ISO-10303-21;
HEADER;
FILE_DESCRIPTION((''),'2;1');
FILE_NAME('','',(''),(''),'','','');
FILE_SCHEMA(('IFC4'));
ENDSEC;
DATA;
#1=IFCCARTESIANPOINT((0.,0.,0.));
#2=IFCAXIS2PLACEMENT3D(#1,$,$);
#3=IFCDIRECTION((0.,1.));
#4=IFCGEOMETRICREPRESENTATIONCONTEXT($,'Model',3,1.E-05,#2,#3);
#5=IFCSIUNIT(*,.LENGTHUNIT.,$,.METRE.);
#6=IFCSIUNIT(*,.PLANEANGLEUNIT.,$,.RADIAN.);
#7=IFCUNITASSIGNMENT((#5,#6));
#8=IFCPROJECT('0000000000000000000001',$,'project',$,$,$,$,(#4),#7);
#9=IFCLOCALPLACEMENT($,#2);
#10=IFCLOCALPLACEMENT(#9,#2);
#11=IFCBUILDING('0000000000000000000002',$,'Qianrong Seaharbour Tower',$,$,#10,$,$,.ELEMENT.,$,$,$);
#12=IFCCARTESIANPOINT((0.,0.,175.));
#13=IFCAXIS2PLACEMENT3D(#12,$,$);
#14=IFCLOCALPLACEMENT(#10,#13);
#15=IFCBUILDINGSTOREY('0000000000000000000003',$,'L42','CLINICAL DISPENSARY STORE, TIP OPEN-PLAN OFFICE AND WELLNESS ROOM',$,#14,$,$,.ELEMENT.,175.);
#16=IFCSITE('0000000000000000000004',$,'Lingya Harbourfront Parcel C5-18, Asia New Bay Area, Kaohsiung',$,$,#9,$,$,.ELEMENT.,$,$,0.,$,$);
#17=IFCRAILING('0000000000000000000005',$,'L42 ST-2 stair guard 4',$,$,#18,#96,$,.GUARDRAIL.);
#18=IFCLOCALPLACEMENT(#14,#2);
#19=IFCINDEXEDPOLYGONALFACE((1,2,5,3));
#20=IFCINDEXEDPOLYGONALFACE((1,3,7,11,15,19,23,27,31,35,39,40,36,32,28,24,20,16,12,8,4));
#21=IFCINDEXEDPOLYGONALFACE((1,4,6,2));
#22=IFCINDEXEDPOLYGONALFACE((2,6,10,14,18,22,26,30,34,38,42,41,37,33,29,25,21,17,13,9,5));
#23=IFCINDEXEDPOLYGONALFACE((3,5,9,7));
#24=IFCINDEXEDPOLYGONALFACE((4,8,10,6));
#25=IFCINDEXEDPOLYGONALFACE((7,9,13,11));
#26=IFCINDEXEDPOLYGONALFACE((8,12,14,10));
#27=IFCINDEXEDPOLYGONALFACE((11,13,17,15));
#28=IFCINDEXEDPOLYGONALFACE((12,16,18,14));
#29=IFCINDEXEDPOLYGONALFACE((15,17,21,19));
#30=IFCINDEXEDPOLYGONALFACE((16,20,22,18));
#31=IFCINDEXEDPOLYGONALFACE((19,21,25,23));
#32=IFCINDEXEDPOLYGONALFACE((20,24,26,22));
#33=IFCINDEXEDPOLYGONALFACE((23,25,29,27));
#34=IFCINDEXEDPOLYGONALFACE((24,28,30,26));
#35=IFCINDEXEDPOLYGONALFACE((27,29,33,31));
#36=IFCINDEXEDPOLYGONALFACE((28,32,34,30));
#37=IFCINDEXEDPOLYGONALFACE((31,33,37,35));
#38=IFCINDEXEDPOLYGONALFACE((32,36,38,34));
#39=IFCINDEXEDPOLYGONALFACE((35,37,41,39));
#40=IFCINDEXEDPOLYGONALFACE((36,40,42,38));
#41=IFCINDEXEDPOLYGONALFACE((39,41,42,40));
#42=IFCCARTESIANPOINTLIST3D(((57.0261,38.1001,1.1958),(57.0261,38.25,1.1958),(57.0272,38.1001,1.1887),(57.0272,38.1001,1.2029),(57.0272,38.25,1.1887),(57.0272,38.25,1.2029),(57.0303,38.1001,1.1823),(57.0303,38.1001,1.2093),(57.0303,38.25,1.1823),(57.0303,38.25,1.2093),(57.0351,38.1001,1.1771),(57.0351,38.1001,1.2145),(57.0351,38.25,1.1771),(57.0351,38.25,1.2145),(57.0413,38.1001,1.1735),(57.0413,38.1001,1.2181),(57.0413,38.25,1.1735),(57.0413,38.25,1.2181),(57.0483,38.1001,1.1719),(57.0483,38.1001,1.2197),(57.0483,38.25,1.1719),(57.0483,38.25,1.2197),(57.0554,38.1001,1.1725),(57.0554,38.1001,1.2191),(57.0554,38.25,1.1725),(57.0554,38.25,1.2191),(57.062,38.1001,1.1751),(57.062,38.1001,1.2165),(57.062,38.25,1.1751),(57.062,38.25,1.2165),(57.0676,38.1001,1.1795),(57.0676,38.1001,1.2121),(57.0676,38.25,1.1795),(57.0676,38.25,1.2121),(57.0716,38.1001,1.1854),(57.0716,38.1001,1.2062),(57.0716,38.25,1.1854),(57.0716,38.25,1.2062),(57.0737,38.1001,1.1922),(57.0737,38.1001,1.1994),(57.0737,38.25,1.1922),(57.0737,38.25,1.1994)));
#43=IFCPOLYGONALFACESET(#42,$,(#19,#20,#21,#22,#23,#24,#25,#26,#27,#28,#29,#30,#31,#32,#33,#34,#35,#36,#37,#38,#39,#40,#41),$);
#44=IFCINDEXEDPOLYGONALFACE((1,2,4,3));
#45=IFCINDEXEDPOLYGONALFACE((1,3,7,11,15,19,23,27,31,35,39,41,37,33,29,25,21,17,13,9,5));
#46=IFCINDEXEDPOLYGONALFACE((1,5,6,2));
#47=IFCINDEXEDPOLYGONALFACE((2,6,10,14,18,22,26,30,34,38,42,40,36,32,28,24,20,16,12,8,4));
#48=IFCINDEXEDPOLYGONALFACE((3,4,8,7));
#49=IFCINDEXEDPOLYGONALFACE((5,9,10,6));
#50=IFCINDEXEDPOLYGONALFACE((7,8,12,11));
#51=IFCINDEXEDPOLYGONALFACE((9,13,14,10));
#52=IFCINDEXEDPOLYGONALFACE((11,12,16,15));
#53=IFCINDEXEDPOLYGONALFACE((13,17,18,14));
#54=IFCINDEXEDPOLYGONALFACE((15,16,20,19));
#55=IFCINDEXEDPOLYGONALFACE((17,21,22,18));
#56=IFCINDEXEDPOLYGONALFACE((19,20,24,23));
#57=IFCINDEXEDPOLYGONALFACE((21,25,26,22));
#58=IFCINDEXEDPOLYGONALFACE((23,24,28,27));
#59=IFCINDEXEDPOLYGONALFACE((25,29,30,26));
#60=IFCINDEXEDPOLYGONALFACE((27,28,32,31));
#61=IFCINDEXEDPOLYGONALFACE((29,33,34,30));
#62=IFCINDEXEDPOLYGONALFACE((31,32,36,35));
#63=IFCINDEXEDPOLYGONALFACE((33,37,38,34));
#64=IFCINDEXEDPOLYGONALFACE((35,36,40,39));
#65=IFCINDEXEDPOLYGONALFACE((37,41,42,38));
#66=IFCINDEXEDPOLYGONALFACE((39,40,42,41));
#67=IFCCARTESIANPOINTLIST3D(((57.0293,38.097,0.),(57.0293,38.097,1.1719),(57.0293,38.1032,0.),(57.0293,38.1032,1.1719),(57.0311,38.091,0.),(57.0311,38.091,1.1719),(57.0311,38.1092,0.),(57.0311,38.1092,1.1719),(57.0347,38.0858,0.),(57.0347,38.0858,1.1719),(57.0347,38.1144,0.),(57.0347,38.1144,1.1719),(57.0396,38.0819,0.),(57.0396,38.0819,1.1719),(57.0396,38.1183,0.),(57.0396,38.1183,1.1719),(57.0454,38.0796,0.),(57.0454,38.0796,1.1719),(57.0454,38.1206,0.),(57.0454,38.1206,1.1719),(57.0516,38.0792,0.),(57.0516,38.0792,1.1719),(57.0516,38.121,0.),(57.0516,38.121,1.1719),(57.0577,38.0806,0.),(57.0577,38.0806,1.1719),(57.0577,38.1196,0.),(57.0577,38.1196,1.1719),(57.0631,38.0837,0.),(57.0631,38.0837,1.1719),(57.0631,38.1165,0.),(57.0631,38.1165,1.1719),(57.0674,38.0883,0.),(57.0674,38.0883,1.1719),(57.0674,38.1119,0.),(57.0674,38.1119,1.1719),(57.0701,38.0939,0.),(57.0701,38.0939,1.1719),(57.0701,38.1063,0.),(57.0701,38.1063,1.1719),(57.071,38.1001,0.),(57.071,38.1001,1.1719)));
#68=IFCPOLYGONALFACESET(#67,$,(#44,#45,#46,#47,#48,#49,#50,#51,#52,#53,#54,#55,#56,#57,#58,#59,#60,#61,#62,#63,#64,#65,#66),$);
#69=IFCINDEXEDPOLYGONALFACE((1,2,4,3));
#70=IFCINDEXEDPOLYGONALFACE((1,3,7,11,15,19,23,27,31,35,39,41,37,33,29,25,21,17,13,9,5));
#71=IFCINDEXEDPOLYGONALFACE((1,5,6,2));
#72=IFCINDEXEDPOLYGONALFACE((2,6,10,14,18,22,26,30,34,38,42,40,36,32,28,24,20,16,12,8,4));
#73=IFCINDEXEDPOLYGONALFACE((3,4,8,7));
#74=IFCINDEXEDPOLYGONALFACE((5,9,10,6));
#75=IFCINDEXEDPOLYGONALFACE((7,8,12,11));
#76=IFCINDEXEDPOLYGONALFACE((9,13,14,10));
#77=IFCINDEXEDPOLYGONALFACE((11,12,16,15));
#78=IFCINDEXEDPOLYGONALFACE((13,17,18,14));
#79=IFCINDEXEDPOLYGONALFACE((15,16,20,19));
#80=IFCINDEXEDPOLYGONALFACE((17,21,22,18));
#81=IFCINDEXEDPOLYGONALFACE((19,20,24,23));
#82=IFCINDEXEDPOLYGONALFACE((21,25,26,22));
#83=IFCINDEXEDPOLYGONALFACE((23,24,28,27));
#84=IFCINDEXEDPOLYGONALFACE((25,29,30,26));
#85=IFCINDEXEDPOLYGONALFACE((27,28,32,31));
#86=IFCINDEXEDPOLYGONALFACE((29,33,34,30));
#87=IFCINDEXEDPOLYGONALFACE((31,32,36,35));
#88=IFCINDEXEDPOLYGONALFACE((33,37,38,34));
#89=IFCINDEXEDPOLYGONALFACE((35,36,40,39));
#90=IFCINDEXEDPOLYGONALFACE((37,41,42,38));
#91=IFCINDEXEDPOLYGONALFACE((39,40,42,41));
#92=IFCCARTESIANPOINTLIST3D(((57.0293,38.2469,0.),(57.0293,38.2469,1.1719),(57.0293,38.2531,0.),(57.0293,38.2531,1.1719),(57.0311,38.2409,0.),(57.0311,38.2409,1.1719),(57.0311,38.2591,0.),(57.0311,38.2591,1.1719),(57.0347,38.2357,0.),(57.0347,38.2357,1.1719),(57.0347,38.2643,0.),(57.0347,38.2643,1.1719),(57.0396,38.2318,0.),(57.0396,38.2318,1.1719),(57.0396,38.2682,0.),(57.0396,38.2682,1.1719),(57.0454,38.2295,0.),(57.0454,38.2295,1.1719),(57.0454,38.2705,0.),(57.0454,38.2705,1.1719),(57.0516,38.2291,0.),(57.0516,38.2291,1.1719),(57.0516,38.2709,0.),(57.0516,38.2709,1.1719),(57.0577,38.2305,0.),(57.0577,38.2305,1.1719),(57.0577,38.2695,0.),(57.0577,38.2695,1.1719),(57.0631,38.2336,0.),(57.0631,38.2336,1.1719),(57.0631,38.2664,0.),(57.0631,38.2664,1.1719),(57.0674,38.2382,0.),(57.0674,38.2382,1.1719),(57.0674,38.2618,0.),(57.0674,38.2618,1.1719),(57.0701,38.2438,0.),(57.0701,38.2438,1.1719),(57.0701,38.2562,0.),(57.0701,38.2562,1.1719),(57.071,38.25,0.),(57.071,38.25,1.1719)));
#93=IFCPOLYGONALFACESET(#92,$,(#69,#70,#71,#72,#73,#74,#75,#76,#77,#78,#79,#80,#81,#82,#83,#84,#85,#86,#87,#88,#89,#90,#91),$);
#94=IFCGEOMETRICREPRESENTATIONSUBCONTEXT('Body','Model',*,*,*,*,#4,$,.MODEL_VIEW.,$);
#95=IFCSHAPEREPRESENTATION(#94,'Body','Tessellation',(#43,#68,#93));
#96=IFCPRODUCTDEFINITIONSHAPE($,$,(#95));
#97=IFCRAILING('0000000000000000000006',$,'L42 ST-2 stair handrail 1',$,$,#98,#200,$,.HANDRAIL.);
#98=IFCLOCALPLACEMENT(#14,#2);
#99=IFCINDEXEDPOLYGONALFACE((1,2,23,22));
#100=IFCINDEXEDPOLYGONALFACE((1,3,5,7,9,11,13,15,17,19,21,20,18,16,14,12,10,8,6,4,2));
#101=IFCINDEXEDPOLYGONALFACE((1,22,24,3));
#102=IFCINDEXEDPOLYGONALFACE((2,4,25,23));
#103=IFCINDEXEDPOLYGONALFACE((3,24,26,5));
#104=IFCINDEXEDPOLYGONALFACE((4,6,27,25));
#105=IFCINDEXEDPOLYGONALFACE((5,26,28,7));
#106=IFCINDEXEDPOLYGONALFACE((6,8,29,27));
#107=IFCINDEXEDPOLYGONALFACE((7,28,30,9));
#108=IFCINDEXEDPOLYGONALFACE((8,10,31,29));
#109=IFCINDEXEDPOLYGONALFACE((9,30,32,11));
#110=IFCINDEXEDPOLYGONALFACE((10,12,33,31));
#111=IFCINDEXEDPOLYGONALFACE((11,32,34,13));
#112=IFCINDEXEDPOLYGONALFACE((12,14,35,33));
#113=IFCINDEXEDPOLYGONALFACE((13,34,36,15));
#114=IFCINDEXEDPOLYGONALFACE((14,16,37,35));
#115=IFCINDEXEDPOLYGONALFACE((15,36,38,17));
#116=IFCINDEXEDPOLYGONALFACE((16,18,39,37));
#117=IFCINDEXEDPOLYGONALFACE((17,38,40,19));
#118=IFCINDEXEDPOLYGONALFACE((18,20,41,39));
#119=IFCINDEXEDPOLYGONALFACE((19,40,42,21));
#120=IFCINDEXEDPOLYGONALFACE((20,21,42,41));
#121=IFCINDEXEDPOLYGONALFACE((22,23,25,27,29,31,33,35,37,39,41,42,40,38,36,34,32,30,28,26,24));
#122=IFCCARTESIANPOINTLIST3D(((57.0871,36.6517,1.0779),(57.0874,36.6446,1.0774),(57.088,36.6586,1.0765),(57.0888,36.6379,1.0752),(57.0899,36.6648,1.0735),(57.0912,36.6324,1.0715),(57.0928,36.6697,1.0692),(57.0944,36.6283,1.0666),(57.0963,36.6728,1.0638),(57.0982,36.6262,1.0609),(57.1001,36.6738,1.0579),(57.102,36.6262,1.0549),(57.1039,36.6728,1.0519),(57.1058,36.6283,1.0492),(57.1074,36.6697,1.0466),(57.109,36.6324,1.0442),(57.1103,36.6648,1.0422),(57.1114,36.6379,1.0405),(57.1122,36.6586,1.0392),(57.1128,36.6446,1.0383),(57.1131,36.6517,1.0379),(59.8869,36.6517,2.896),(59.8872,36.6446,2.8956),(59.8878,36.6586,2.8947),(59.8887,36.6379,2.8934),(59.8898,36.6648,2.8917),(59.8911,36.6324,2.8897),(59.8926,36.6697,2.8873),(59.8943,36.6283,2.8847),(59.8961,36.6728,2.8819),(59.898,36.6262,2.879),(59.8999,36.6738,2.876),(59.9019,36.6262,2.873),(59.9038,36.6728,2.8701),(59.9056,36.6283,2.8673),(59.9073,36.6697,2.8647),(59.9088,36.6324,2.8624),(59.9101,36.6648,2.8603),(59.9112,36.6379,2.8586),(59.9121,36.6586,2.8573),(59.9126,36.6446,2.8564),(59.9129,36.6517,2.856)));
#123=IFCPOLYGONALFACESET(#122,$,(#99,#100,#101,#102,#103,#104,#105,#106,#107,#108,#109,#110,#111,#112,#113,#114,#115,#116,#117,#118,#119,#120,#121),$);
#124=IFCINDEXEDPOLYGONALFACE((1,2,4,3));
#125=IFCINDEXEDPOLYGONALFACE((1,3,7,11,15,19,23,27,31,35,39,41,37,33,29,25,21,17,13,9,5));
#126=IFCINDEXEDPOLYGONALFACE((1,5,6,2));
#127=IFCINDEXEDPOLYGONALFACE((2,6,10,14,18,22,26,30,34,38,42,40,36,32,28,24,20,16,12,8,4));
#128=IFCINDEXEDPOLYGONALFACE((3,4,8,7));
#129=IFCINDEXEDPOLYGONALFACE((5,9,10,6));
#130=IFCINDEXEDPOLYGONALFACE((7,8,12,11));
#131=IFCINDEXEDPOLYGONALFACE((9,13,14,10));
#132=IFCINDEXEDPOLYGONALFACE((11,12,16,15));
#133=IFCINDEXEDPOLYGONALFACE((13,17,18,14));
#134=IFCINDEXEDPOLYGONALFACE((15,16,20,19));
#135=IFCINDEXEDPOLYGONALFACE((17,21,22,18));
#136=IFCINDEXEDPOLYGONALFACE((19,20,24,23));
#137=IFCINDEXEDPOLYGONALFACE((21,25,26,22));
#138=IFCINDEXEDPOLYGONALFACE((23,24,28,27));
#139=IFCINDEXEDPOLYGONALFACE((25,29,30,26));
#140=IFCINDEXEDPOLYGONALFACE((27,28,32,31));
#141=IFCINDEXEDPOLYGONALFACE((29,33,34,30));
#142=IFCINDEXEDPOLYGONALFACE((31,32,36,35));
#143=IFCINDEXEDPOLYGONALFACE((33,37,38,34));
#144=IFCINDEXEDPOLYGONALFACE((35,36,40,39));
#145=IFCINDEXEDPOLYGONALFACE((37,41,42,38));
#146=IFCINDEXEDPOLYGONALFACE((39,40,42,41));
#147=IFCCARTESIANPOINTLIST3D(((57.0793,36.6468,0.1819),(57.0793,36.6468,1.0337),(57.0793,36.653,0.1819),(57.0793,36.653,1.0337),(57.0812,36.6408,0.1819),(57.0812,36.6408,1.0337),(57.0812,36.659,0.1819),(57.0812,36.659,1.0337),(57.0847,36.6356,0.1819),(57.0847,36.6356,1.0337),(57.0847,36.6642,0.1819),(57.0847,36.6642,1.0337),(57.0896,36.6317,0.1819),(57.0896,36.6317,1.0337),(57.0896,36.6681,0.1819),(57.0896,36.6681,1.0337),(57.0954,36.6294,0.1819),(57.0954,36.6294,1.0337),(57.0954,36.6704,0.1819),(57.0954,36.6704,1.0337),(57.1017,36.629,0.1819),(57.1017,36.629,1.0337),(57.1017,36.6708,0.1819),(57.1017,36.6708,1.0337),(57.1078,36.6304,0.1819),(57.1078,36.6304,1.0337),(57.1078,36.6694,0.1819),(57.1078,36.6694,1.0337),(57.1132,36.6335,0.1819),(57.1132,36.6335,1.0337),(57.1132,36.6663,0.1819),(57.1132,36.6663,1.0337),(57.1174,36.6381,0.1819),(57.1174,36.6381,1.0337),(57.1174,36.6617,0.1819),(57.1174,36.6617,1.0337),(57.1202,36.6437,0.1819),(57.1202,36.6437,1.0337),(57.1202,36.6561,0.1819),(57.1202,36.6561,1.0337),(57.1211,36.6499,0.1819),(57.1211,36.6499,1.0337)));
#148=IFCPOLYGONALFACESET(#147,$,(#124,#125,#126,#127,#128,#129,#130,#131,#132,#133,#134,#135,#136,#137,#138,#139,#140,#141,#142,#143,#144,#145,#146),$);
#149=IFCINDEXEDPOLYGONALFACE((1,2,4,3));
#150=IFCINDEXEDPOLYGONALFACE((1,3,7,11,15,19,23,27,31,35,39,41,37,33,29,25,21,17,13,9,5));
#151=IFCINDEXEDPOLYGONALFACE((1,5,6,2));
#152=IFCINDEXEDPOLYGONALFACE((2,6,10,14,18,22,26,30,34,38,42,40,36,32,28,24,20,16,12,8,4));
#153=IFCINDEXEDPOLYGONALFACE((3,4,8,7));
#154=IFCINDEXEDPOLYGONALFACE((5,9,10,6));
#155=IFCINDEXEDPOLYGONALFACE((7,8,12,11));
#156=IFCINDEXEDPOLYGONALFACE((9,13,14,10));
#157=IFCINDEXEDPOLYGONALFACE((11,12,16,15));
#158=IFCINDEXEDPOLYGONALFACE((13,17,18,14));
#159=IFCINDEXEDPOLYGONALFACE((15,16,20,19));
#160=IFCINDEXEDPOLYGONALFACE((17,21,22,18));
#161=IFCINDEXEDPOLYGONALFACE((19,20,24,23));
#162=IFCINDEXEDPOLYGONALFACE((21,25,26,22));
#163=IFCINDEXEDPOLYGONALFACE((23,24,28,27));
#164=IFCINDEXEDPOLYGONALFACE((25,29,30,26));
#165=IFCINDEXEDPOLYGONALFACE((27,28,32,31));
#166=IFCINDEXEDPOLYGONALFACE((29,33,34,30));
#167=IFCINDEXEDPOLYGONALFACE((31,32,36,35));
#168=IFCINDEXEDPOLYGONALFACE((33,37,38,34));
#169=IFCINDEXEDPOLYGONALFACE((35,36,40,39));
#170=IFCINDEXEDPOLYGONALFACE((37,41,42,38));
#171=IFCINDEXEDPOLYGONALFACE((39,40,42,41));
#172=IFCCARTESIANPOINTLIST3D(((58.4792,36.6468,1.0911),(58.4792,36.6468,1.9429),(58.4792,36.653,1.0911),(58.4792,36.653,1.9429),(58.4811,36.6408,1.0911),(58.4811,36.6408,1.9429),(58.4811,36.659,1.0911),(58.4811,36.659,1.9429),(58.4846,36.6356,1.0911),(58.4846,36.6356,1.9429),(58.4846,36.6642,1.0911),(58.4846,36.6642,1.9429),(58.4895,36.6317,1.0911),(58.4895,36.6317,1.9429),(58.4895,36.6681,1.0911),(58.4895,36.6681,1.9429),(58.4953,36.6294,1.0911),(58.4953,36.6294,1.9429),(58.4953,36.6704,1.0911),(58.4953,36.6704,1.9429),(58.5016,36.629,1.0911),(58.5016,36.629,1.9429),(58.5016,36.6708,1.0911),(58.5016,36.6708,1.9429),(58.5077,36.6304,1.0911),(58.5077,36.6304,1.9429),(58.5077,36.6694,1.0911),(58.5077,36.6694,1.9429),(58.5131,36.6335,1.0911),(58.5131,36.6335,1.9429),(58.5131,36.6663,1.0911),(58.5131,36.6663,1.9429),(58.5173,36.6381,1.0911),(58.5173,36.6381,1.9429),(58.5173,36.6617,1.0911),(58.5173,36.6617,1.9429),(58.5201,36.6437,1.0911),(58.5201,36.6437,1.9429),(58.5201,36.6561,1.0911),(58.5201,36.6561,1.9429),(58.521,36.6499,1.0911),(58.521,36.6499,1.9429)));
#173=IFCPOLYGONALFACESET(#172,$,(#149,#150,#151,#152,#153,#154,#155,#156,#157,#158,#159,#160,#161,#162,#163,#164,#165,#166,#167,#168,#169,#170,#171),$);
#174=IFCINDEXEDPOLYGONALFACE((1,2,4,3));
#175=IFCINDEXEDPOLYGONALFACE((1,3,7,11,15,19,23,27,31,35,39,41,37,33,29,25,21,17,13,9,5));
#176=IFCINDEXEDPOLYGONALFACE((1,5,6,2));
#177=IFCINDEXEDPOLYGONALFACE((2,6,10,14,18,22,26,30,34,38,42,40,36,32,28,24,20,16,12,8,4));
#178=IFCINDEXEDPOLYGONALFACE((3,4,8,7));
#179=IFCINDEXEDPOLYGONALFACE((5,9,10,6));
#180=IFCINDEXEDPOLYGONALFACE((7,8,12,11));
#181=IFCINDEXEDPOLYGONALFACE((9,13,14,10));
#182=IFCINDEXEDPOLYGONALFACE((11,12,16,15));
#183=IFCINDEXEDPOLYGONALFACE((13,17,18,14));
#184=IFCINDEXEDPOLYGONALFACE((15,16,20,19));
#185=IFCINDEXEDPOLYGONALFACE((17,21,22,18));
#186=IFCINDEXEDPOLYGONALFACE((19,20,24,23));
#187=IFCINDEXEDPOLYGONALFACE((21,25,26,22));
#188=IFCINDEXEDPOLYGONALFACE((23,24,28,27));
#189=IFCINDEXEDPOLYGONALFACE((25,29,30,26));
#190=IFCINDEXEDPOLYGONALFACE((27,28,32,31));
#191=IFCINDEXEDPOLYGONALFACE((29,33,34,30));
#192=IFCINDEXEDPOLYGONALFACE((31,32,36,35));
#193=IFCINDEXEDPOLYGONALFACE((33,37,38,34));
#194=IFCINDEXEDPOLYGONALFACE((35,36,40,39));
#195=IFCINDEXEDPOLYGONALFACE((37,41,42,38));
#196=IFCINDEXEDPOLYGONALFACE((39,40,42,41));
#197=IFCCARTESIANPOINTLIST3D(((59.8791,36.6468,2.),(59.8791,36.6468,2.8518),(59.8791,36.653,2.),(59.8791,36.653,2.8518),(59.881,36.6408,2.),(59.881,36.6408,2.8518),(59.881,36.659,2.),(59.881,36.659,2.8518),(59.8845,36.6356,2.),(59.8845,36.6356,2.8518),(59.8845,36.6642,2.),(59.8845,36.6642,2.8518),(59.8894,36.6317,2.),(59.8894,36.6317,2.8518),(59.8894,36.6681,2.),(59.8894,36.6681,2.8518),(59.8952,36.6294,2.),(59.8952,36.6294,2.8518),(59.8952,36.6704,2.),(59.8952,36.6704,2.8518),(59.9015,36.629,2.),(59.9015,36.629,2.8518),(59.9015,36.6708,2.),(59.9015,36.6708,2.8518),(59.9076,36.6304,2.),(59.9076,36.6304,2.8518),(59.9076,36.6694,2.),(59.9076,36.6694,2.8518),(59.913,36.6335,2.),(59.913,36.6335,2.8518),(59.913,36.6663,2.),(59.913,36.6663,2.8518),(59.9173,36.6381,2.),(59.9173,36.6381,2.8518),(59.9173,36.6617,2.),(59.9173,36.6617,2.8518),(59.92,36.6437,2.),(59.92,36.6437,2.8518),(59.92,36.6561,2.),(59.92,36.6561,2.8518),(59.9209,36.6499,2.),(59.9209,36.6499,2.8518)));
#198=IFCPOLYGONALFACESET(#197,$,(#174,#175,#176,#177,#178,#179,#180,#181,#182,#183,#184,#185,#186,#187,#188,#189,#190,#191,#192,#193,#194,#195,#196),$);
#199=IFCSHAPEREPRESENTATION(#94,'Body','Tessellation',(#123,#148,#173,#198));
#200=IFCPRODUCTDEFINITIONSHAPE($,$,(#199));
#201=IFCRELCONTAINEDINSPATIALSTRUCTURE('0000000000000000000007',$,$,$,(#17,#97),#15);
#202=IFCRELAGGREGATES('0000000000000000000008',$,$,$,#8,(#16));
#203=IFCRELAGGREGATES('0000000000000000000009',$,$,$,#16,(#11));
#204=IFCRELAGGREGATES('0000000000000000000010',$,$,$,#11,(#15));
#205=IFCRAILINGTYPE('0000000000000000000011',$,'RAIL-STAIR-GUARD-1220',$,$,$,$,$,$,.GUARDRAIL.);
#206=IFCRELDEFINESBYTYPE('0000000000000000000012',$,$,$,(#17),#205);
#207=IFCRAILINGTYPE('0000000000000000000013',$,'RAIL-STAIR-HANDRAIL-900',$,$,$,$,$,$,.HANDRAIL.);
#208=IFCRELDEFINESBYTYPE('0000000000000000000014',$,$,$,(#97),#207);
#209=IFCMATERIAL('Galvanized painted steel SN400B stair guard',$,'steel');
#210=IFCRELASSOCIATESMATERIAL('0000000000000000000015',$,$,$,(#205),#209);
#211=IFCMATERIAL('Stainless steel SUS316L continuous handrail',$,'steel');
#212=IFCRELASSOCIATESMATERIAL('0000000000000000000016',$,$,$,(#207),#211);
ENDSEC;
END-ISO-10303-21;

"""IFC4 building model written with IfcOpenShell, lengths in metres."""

from ifc_helpers import new_model, si_unit, direction, frame, origin, origin_2d, place, context, subcontext, project, spatial, circle, extrude, material, type_object, element, save


model = new_model("IFC4")

# Units and contexts
model_context = context("Model", 3, precision=1e-05, world=origin(), true_north=direction((0.0, 1.0)))
body_context = subcontext(model_context, "Body", "Model", "MODEL_VIEW")
ifc_project = project(units=[si_unit("LENGTHUNIT", "METRE"), si_unit("PLANEANGLEUNIT", "RADIAN")], contexts=[model_context])

# Site, building, storey
site_placement = place(None, origin())
site = spatial("IfcSite", under=ifc_project, at=site_placement, Name="Lingya Harbourfront Parcel C5-18, Asia New Bay Area, Kaohsiung", CompositionType="ELEMENT", RefElevation=0.0)
building_placement = place(site_placement, origin())
building = spatial("IfcBuilding", under=site, at=building_placement, Name="Qianrong Seaharbour Tower", CompositionType="ELEMENT")
storey_placement = place(building_placement, frame((0.0, 0.0, 175.0)))
storey = spatial("IfcBuildingStorey", under=building, at=storey_placement, Name="L42", Description="CLINICAL DISPENSARY STORE, TIP OPEN-PLAN OFFICE AND WELLNESS ROOM", CompositionType="ELEMENT", Elevation=175.0)

# Railings
ifc_material_1 = material(Name="Galvanized painted steel SN400B stair guard", Category="steel")
railing_type_1 = type_object("IfcRailingType", Name="RAIL-STAIR-GUARD-1220", PredefinedType="GUARDRAIL", material=ifc_material_1)
railing_1_placement = place(storey_placement, frame((57.05, 38.1001, 0.0)))
element("IfcRailing", 1, at=railing_1_placement, inside=storey, type_object=railing_type_1, Name="L42 ST-2 stair guard 4", PredefinedType="GUARDRAIL", context=body_context, shape_type="SweptSolid", body=[
    extrude(circle(Radius=0.0239, at=origin_2d()), frame((0.0, 0.0, 1.1958), z_axis=(0.0, 1.0, 0.0), x_axis=(-1.0, 0.0, 0.0)), (0.0, 0.0, 1.0), 0.1499),
    extrude(circle(Radius=0.021, at=origin_2d()), origin(), (0.0, 0.0, 1.0), 1.1719),
    extrude(circle(Radius=0.021, at=origin_2d()), frame((0.0, 0.1499, 0.0)), (0.0, 0.0, 1.0), 1.1719),
])
ifc_material_2 = material(Name="Stainless steel SUS316L continuous handrail", Category="steel")
railing_type_2 = type_object("IfcRailingType", Name="RAIL-STAIR-HANDRAIL-900", PredefinedType="HANDRAIL", material=ifc_material_2)
railing_2_placement = place(storey_placement, frame((57.1001, 36.6499, 0.1819)))
element("IfcRailing", 2, at=railing_2_placement, inside=storey, type_object=railing_type_2, Name="L42 ST-2 stair handrail 1", PredefinedType="HANDRAIL", context=body_context, shape_type="SweptSolid", body=[
    extrude(circle(Radius=0.0239, at=origin_2d()), frame((0.0, 0.0, 0.876), z_axis=(0.838684, 0.0, 0.544618), x_axis=(0.0, 1.0, 0.0)), (0.0, 0.0, 1.0), 3.3384),
    extrude(circle(Radius=0.021, at=origin_2d()), origin(), (0.0, 0.0, 1.0), 0.8518),
    extrude(circle(Radius=0.021, at=origin_2d()), frame((1.3999, 0.0, 0.9092)), (0.0, 0.0, 1.0), 0.8518),
    extrude(circle(Radius=0.021, at=origin_2d()), frame((2.7998, 0.0, 1.8181)), (0.0, 0.0, 1.0), 0.8518),
])

save(model, "model.ifc")
